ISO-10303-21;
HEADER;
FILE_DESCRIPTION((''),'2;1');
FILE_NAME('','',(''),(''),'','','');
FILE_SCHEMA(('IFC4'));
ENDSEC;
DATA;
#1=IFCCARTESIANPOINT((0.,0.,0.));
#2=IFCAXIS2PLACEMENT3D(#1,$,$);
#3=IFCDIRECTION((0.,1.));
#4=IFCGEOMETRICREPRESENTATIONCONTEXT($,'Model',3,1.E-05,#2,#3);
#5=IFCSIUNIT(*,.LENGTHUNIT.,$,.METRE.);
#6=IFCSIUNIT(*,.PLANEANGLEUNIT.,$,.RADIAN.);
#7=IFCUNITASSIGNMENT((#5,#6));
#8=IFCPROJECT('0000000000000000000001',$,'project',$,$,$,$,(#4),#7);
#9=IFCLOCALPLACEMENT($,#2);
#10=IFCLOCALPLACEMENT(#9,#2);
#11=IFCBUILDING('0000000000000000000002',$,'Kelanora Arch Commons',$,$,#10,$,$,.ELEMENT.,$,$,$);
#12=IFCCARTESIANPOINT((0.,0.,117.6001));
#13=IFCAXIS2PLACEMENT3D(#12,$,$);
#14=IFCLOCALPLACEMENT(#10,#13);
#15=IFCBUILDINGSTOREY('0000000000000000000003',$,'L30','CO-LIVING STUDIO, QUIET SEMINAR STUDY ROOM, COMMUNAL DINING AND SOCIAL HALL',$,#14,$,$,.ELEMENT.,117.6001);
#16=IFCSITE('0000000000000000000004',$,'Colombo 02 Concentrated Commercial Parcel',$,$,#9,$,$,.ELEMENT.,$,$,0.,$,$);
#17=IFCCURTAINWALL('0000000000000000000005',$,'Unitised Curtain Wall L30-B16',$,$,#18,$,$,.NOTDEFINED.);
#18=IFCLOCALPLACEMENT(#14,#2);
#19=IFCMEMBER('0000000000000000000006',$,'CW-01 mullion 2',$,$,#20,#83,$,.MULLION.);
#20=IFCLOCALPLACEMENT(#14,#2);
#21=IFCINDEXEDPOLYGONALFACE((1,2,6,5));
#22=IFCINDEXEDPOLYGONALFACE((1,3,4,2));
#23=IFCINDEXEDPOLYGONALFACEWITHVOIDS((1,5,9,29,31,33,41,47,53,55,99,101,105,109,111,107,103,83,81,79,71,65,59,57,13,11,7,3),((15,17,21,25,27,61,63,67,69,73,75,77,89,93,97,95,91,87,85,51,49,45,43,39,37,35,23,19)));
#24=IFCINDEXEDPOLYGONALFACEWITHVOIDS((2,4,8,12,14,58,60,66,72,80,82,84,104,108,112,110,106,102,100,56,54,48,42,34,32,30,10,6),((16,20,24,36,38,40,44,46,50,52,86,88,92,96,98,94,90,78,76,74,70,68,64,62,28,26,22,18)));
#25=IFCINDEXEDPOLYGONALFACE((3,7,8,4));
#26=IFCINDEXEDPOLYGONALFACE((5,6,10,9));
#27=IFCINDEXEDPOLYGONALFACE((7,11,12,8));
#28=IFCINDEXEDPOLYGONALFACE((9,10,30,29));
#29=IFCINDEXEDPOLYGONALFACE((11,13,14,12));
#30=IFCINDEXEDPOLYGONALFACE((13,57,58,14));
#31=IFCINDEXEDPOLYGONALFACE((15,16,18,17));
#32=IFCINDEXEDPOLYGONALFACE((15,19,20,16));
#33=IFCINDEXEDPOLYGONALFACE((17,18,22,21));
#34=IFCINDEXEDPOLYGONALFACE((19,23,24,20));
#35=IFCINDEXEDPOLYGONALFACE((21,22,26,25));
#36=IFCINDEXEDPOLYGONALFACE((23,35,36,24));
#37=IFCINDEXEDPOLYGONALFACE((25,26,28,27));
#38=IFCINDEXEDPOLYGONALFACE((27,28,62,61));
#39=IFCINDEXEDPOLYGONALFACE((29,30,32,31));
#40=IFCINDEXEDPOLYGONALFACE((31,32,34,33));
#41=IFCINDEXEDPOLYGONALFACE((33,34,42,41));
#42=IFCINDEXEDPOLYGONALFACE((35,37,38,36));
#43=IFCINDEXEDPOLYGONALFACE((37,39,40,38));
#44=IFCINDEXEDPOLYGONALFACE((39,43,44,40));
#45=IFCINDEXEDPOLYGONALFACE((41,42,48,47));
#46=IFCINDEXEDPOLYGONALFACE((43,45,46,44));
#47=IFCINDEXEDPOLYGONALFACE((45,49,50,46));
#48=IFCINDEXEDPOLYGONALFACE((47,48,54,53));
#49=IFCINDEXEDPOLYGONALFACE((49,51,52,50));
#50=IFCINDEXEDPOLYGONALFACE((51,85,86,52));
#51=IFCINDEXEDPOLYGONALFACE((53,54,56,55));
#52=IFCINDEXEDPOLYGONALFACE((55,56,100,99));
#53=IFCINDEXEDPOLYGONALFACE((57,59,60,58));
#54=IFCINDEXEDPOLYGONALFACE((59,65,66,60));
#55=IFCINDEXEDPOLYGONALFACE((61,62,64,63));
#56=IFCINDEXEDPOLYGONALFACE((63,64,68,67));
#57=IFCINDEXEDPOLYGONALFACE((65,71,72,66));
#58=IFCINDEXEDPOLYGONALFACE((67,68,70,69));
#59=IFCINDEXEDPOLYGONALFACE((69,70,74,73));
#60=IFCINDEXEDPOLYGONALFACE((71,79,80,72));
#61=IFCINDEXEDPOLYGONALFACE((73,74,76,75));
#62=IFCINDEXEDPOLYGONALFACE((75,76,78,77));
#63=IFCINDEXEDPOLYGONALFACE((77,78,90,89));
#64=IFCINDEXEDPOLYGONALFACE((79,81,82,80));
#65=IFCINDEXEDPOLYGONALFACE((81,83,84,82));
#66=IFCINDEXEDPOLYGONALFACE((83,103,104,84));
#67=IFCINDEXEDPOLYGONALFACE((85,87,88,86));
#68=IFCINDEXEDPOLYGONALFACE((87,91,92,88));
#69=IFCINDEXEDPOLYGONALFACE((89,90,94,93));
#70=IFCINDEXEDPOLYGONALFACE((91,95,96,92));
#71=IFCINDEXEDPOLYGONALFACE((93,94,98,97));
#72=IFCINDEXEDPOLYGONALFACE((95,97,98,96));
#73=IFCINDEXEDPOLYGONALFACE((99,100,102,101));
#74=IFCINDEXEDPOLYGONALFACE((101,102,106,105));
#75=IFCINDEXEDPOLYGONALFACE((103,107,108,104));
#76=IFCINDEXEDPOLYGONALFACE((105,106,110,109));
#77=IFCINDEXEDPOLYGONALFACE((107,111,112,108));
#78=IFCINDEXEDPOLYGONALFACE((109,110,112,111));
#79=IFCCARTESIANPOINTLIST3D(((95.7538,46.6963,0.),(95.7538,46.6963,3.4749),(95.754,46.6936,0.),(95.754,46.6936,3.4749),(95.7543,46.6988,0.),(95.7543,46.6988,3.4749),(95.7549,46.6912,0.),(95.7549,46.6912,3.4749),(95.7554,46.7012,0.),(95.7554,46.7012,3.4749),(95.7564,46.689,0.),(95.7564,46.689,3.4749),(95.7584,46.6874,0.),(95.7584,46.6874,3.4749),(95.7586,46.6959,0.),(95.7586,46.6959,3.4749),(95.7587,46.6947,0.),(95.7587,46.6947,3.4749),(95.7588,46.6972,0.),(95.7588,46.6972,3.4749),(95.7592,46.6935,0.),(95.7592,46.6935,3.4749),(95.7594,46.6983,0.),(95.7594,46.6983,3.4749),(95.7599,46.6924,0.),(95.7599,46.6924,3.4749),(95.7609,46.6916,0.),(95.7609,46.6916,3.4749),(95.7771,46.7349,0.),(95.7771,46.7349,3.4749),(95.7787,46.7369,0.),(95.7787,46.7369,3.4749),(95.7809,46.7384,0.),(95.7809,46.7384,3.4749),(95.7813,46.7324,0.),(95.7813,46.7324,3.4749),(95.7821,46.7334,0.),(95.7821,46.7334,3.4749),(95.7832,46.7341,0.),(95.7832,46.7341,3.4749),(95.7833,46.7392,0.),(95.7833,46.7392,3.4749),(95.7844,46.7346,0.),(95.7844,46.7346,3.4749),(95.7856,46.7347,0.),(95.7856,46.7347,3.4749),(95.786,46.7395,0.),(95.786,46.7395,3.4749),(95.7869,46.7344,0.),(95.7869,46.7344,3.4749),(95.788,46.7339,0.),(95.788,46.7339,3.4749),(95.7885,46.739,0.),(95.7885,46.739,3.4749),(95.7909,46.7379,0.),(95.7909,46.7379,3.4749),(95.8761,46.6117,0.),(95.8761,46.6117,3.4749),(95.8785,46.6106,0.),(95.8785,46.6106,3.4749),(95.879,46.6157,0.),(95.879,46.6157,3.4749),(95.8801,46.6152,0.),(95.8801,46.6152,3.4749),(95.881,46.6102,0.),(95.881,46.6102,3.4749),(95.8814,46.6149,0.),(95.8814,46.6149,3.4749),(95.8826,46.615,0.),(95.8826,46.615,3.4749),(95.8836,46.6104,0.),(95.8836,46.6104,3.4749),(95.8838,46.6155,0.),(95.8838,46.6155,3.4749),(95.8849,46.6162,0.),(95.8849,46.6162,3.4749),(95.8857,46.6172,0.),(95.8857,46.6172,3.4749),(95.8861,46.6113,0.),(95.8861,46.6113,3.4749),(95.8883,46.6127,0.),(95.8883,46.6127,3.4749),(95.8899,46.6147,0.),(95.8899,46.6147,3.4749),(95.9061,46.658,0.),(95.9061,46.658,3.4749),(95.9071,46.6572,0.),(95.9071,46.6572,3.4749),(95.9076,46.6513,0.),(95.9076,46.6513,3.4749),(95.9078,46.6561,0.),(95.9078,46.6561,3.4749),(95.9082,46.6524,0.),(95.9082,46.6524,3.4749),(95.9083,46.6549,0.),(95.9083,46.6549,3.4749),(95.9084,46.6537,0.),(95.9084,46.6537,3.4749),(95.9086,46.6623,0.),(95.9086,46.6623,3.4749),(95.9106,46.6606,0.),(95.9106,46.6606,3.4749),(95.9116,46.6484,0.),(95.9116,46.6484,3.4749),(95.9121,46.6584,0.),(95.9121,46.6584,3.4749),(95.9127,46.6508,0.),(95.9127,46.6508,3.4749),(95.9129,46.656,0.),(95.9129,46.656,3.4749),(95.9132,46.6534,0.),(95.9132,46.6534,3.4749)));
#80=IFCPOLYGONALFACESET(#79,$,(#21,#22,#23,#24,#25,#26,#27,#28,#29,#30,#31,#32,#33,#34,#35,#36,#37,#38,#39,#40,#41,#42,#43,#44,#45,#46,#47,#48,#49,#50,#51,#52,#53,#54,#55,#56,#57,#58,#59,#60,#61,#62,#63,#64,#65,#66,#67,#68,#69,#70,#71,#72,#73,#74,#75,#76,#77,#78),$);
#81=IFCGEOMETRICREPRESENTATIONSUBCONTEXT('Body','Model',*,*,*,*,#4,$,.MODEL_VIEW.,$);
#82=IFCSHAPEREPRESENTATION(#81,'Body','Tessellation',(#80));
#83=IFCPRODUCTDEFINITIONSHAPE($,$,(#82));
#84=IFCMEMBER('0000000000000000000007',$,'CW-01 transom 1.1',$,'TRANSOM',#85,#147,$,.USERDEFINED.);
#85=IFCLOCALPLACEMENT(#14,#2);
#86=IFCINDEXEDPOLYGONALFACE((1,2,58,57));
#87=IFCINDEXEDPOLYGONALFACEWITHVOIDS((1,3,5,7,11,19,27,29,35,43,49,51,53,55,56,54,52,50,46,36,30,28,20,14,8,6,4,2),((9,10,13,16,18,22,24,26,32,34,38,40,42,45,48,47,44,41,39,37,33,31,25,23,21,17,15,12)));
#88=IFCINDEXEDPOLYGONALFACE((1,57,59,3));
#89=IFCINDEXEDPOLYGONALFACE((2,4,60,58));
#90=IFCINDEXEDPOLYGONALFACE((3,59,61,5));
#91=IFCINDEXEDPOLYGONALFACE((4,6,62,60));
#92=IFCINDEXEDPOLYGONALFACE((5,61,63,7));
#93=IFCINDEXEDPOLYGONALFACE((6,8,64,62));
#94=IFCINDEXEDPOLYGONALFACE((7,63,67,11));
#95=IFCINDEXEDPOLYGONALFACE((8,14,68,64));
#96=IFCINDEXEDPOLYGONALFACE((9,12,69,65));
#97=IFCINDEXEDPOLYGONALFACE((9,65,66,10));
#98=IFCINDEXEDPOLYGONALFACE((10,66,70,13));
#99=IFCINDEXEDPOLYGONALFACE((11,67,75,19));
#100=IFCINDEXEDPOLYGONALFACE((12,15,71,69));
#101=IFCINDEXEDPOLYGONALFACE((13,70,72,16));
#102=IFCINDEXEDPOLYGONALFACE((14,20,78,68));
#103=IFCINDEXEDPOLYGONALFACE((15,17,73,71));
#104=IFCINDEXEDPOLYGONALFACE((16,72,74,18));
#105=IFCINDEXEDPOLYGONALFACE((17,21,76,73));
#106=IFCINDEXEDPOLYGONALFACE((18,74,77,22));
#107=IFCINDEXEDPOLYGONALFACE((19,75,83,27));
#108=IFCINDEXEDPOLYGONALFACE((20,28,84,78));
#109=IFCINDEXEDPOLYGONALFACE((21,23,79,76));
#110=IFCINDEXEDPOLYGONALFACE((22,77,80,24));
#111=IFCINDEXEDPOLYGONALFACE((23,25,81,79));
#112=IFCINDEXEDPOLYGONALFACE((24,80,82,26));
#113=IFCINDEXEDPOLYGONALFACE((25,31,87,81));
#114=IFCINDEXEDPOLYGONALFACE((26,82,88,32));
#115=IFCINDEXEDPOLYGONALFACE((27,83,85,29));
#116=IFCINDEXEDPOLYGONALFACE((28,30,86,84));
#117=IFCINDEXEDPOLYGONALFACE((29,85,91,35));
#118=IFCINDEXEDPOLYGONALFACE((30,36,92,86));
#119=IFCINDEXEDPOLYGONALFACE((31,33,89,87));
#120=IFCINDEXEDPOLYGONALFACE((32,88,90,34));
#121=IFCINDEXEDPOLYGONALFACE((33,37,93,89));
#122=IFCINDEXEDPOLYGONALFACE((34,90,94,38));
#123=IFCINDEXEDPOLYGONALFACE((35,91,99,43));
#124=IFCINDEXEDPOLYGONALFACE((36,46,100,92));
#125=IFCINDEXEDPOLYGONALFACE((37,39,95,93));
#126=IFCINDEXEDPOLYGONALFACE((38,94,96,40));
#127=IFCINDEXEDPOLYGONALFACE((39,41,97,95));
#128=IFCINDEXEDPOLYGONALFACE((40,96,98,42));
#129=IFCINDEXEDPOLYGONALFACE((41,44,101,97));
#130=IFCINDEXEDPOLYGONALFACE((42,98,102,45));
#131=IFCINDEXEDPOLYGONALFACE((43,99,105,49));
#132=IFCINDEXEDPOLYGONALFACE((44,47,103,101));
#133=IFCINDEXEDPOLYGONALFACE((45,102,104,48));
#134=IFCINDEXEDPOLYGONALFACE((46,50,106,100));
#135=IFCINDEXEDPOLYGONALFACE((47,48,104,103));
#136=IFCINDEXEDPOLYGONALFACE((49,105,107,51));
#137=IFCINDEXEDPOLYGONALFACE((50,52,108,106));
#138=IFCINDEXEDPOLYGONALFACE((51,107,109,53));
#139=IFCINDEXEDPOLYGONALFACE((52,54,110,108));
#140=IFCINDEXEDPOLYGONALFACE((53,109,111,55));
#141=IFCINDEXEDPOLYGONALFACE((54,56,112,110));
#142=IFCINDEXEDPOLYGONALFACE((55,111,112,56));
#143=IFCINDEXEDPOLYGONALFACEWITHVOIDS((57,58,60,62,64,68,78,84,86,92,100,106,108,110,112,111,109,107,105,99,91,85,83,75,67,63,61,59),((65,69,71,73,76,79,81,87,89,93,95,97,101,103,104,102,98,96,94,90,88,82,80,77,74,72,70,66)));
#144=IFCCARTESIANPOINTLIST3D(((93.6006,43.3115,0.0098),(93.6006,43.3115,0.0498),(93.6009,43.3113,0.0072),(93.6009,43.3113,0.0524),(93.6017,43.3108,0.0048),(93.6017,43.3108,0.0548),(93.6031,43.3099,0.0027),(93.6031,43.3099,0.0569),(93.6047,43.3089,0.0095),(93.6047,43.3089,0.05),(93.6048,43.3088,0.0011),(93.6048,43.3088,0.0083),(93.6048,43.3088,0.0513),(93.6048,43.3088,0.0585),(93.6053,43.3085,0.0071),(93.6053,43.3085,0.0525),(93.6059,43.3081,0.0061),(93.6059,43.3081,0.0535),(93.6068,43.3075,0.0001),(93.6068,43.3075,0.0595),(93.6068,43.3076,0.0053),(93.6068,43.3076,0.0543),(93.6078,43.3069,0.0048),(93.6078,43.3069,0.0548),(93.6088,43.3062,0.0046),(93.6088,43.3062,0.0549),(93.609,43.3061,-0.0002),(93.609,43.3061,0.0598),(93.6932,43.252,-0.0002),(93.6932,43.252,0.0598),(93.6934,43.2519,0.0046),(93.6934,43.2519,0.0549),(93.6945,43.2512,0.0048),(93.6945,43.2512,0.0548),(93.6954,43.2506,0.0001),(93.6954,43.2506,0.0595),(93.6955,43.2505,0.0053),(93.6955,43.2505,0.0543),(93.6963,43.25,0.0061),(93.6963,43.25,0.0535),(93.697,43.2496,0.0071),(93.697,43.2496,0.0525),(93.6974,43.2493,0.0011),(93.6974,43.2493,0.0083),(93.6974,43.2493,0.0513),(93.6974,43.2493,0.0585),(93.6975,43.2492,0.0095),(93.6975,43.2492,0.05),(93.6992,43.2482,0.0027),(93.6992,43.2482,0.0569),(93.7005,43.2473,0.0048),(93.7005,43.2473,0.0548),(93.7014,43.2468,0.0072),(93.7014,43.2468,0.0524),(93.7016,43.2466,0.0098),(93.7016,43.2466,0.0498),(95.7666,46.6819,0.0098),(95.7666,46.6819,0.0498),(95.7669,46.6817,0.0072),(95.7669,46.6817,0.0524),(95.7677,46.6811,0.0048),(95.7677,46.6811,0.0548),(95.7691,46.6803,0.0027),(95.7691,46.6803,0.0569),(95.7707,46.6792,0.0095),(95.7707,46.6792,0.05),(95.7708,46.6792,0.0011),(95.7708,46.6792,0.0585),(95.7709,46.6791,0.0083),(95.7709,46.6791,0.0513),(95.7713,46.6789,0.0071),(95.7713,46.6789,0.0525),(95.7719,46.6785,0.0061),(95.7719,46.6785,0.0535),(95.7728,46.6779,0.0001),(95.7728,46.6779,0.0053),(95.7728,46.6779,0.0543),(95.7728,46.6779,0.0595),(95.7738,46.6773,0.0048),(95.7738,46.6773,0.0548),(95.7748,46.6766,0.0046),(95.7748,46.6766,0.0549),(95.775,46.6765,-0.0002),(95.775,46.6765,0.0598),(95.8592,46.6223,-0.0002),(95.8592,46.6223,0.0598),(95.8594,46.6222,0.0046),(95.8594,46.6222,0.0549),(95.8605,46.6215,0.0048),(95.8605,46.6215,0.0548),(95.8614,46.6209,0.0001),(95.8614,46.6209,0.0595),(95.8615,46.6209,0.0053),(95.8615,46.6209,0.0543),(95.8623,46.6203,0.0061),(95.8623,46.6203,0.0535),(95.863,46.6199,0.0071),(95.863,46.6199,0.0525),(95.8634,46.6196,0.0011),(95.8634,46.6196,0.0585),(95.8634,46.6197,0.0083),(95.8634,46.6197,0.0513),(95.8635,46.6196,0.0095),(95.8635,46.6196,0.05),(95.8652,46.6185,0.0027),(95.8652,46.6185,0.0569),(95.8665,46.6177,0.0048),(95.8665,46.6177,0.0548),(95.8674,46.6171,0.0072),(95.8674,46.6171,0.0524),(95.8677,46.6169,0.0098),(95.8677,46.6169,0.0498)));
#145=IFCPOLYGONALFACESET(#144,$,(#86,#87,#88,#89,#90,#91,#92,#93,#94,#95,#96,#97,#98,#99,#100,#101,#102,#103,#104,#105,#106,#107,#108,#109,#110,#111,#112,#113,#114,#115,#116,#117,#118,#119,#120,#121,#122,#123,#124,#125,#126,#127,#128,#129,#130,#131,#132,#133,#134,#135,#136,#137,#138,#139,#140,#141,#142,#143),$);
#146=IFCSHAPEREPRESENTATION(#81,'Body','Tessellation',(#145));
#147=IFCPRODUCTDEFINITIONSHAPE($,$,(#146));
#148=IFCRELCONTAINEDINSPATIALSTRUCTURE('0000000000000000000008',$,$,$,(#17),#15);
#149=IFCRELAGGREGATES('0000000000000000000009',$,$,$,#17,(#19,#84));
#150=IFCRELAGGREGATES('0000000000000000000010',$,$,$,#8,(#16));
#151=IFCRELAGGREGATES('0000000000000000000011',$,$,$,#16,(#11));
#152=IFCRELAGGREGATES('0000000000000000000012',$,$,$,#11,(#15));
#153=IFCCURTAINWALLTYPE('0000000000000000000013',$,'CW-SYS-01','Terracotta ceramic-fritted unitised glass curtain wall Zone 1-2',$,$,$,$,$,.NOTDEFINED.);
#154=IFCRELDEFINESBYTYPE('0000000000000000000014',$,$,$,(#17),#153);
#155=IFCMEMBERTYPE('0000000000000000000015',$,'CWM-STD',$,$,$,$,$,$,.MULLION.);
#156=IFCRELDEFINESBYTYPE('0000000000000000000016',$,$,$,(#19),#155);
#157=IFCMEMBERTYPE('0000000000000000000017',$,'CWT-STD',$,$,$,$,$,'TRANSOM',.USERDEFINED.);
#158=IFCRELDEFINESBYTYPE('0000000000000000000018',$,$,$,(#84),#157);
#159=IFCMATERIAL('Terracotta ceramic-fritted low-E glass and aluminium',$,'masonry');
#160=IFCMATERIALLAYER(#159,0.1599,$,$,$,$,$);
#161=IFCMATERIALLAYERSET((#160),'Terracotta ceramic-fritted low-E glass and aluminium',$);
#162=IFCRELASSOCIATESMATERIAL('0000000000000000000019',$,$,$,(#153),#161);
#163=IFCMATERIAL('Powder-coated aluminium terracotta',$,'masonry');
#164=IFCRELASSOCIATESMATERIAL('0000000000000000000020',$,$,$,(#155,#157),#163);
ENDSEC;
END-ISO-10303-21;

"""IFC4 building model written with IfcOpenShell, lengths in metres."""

from ifc_helpers import new_model, si_unit, direction, frame, origin, origin_2d, place, context, subcontext, project, spatial, hollow_rectangle, extrude, material, layer, layer_set, material_profile, profile_set, type_object, element, aggregate, save


model = new_model("IFC4")

# Units and contexts
model_context = context("Model", 3, precision=1e-05, world=origin(), true_north=direction((0.0, 1.0)))
body_context = subcontext(model_context, "Body", "Model", "MODEL_VIEW")
ifc_project = project(units=[si_unit("LENGTHUNIT", "METRE"), si_unit("PLANEANGLEUNIT", "RADIAN")], contexts=[model_context])

# Site, building, storey
site_placement = place(None, origin())
site = spatial("IfcSite", under=ifc_project, at=site_placement, Name="Colombo 02 Concentrated Commercial Parcel", CompositionType="ELEMENT", RefElevation=0.0)
building_placement = place(site_placement, origin())
building = spatial("IfcBuilding", under=site, at=building_placement, Name="Kelanora Arch Commons", CompositionType="ELEMENT")
storey_placement = place(building_placement, frame((0.0, 0.0, 117.6001)))
storey = spatial("IfcBuildingStorey", under=building, at=storey_placement, Name="L30", Description="CO-LIVING STUDIO, QUIET SEMINAR STUDY ROOM, COMMUNAL DINING AND SOCIAL HALL", CompositionType="ELEMENT", Elevation=117.6001)

# Shared definitions
ifc_material_1 = material(Name="Terracotta ceramic-fritted low-E glass and aluminium", Category="masonry")
ifc_layer_1 = layer(ifc_material_1, 0.1599)
ifc_layer_set_1 = layer_set([ifc_layer_1], Name="Terracotta ceramic-fritted low-E glass and aluminium")
curtain_wall_type = type_object("IfcCurtainWallType", Name="CW-SYS-01", Description="Terracotta ceramic-fritted unitised glass curtain wall Zone 1-2", PredefinedType="NOTDEFINED", material=ifc_layer_set_1)
ifc_material_2 = material(Name="Powder-coated aluminium terracotta", Category="masonry")
ifc_material_profile_1 = material_profile(ifc_material_2, hollow_rectangle(XDim=0.1599, YDim=0.0601, WallThickness=0.0049, InnerFilletRadius=0.0049, OuterFilletRadius=0.01, at=origin_2d()), Name="CWM160x60")
ifc_profile_set_1 = profile_set([ifc_material_profile_1], Name="Powder-coated aluminium terracotta")
member_type_1 = type_object("IfcMemberType", Name="CWM-STD", PredefinedType="MULLION", material=ifc_profile_set_1)

# Curtain wall, members
curtain_wall_1_placement = place(storey_placement, origin())
curtain_wall_1 = element("IfcCurtainWall", 1, at=curtain_wall_1_placement, inside=storey, type_object=curtain_wall_type, Name="Unitised Curtain Wall L30-B16", PredefinedType="NOTDEFINED")
member_1_placement = place(storey_placement, frame((95.8335, 46.6748, 0.0), z_axis=(0.0, 0.0, 1.0), x_axis=(-0.841269, 0.540617, 0.0)))
member_1 = element("IfcMember", 2, at=member_1_placement, type_object=member_type_1, Name="CW-01 mullion 2", PredefinedType="MULLION", context=body_context, shape_type="SweptSolid", body=[
    extrude(hollow_rectangle(XDim=0.1599, YDim=0.0601, WallThickness=0.0049, InnerFilletRadius=0.0049, OuterFilletRadius=0.01, at=origin_2d()), origin(), (0.0, 0.0, 1.0), 3.4749),
])
ifc_material_profile_2 = material_profile(ifc_material_2, hollow_rectangle(XDim=0.1201, YDim=0.0601, WallThickness=0.0049, InnerFilletRadius=0.0049, OuterFilletRadius=0.01, at=origin_2d()), Name="CWT120x60")
ifc_profile_set_2 = profile_set([ifc_material_profile_2], Name="Powder-coated aluminium terracotta")
member_type_2 = type_object("IfcMemberType", Name="CWT-STD", ElementType="TRANSOM", PredefinedType="USERDEFINED", material=ifc_profile_set_2)
member_2_placement = place(storey_placement, frame((93.6511, 43.2791, 0.0298), z_axis=(0.540644, 0.841252, 0.0), x_axis=(-0.841252, 0.540644, 0.0)))
member_2 = element("IfcMember", 3, at=member_2_placement, type_object=member_type_2, Name="CW-01 transom 1.1", ObjectType="TRANSOM", PredefinedType="USERDEFINED", context=body_context, shape_type="SweptSolid", body=[
    extrude(hollow_rectangle(XDim=0.1201, YDim=0.0601, WallThickness=0.0049, InnerFilletRadius=0.0049, OuterFilletRadius=0.01, at=origin_2d()), origin(), (0.0, 0.0, 1.0), 4.0063),
])
aggregate(curtain_wall_1, [member_1, member_2])

save(model, "model.ifc")
